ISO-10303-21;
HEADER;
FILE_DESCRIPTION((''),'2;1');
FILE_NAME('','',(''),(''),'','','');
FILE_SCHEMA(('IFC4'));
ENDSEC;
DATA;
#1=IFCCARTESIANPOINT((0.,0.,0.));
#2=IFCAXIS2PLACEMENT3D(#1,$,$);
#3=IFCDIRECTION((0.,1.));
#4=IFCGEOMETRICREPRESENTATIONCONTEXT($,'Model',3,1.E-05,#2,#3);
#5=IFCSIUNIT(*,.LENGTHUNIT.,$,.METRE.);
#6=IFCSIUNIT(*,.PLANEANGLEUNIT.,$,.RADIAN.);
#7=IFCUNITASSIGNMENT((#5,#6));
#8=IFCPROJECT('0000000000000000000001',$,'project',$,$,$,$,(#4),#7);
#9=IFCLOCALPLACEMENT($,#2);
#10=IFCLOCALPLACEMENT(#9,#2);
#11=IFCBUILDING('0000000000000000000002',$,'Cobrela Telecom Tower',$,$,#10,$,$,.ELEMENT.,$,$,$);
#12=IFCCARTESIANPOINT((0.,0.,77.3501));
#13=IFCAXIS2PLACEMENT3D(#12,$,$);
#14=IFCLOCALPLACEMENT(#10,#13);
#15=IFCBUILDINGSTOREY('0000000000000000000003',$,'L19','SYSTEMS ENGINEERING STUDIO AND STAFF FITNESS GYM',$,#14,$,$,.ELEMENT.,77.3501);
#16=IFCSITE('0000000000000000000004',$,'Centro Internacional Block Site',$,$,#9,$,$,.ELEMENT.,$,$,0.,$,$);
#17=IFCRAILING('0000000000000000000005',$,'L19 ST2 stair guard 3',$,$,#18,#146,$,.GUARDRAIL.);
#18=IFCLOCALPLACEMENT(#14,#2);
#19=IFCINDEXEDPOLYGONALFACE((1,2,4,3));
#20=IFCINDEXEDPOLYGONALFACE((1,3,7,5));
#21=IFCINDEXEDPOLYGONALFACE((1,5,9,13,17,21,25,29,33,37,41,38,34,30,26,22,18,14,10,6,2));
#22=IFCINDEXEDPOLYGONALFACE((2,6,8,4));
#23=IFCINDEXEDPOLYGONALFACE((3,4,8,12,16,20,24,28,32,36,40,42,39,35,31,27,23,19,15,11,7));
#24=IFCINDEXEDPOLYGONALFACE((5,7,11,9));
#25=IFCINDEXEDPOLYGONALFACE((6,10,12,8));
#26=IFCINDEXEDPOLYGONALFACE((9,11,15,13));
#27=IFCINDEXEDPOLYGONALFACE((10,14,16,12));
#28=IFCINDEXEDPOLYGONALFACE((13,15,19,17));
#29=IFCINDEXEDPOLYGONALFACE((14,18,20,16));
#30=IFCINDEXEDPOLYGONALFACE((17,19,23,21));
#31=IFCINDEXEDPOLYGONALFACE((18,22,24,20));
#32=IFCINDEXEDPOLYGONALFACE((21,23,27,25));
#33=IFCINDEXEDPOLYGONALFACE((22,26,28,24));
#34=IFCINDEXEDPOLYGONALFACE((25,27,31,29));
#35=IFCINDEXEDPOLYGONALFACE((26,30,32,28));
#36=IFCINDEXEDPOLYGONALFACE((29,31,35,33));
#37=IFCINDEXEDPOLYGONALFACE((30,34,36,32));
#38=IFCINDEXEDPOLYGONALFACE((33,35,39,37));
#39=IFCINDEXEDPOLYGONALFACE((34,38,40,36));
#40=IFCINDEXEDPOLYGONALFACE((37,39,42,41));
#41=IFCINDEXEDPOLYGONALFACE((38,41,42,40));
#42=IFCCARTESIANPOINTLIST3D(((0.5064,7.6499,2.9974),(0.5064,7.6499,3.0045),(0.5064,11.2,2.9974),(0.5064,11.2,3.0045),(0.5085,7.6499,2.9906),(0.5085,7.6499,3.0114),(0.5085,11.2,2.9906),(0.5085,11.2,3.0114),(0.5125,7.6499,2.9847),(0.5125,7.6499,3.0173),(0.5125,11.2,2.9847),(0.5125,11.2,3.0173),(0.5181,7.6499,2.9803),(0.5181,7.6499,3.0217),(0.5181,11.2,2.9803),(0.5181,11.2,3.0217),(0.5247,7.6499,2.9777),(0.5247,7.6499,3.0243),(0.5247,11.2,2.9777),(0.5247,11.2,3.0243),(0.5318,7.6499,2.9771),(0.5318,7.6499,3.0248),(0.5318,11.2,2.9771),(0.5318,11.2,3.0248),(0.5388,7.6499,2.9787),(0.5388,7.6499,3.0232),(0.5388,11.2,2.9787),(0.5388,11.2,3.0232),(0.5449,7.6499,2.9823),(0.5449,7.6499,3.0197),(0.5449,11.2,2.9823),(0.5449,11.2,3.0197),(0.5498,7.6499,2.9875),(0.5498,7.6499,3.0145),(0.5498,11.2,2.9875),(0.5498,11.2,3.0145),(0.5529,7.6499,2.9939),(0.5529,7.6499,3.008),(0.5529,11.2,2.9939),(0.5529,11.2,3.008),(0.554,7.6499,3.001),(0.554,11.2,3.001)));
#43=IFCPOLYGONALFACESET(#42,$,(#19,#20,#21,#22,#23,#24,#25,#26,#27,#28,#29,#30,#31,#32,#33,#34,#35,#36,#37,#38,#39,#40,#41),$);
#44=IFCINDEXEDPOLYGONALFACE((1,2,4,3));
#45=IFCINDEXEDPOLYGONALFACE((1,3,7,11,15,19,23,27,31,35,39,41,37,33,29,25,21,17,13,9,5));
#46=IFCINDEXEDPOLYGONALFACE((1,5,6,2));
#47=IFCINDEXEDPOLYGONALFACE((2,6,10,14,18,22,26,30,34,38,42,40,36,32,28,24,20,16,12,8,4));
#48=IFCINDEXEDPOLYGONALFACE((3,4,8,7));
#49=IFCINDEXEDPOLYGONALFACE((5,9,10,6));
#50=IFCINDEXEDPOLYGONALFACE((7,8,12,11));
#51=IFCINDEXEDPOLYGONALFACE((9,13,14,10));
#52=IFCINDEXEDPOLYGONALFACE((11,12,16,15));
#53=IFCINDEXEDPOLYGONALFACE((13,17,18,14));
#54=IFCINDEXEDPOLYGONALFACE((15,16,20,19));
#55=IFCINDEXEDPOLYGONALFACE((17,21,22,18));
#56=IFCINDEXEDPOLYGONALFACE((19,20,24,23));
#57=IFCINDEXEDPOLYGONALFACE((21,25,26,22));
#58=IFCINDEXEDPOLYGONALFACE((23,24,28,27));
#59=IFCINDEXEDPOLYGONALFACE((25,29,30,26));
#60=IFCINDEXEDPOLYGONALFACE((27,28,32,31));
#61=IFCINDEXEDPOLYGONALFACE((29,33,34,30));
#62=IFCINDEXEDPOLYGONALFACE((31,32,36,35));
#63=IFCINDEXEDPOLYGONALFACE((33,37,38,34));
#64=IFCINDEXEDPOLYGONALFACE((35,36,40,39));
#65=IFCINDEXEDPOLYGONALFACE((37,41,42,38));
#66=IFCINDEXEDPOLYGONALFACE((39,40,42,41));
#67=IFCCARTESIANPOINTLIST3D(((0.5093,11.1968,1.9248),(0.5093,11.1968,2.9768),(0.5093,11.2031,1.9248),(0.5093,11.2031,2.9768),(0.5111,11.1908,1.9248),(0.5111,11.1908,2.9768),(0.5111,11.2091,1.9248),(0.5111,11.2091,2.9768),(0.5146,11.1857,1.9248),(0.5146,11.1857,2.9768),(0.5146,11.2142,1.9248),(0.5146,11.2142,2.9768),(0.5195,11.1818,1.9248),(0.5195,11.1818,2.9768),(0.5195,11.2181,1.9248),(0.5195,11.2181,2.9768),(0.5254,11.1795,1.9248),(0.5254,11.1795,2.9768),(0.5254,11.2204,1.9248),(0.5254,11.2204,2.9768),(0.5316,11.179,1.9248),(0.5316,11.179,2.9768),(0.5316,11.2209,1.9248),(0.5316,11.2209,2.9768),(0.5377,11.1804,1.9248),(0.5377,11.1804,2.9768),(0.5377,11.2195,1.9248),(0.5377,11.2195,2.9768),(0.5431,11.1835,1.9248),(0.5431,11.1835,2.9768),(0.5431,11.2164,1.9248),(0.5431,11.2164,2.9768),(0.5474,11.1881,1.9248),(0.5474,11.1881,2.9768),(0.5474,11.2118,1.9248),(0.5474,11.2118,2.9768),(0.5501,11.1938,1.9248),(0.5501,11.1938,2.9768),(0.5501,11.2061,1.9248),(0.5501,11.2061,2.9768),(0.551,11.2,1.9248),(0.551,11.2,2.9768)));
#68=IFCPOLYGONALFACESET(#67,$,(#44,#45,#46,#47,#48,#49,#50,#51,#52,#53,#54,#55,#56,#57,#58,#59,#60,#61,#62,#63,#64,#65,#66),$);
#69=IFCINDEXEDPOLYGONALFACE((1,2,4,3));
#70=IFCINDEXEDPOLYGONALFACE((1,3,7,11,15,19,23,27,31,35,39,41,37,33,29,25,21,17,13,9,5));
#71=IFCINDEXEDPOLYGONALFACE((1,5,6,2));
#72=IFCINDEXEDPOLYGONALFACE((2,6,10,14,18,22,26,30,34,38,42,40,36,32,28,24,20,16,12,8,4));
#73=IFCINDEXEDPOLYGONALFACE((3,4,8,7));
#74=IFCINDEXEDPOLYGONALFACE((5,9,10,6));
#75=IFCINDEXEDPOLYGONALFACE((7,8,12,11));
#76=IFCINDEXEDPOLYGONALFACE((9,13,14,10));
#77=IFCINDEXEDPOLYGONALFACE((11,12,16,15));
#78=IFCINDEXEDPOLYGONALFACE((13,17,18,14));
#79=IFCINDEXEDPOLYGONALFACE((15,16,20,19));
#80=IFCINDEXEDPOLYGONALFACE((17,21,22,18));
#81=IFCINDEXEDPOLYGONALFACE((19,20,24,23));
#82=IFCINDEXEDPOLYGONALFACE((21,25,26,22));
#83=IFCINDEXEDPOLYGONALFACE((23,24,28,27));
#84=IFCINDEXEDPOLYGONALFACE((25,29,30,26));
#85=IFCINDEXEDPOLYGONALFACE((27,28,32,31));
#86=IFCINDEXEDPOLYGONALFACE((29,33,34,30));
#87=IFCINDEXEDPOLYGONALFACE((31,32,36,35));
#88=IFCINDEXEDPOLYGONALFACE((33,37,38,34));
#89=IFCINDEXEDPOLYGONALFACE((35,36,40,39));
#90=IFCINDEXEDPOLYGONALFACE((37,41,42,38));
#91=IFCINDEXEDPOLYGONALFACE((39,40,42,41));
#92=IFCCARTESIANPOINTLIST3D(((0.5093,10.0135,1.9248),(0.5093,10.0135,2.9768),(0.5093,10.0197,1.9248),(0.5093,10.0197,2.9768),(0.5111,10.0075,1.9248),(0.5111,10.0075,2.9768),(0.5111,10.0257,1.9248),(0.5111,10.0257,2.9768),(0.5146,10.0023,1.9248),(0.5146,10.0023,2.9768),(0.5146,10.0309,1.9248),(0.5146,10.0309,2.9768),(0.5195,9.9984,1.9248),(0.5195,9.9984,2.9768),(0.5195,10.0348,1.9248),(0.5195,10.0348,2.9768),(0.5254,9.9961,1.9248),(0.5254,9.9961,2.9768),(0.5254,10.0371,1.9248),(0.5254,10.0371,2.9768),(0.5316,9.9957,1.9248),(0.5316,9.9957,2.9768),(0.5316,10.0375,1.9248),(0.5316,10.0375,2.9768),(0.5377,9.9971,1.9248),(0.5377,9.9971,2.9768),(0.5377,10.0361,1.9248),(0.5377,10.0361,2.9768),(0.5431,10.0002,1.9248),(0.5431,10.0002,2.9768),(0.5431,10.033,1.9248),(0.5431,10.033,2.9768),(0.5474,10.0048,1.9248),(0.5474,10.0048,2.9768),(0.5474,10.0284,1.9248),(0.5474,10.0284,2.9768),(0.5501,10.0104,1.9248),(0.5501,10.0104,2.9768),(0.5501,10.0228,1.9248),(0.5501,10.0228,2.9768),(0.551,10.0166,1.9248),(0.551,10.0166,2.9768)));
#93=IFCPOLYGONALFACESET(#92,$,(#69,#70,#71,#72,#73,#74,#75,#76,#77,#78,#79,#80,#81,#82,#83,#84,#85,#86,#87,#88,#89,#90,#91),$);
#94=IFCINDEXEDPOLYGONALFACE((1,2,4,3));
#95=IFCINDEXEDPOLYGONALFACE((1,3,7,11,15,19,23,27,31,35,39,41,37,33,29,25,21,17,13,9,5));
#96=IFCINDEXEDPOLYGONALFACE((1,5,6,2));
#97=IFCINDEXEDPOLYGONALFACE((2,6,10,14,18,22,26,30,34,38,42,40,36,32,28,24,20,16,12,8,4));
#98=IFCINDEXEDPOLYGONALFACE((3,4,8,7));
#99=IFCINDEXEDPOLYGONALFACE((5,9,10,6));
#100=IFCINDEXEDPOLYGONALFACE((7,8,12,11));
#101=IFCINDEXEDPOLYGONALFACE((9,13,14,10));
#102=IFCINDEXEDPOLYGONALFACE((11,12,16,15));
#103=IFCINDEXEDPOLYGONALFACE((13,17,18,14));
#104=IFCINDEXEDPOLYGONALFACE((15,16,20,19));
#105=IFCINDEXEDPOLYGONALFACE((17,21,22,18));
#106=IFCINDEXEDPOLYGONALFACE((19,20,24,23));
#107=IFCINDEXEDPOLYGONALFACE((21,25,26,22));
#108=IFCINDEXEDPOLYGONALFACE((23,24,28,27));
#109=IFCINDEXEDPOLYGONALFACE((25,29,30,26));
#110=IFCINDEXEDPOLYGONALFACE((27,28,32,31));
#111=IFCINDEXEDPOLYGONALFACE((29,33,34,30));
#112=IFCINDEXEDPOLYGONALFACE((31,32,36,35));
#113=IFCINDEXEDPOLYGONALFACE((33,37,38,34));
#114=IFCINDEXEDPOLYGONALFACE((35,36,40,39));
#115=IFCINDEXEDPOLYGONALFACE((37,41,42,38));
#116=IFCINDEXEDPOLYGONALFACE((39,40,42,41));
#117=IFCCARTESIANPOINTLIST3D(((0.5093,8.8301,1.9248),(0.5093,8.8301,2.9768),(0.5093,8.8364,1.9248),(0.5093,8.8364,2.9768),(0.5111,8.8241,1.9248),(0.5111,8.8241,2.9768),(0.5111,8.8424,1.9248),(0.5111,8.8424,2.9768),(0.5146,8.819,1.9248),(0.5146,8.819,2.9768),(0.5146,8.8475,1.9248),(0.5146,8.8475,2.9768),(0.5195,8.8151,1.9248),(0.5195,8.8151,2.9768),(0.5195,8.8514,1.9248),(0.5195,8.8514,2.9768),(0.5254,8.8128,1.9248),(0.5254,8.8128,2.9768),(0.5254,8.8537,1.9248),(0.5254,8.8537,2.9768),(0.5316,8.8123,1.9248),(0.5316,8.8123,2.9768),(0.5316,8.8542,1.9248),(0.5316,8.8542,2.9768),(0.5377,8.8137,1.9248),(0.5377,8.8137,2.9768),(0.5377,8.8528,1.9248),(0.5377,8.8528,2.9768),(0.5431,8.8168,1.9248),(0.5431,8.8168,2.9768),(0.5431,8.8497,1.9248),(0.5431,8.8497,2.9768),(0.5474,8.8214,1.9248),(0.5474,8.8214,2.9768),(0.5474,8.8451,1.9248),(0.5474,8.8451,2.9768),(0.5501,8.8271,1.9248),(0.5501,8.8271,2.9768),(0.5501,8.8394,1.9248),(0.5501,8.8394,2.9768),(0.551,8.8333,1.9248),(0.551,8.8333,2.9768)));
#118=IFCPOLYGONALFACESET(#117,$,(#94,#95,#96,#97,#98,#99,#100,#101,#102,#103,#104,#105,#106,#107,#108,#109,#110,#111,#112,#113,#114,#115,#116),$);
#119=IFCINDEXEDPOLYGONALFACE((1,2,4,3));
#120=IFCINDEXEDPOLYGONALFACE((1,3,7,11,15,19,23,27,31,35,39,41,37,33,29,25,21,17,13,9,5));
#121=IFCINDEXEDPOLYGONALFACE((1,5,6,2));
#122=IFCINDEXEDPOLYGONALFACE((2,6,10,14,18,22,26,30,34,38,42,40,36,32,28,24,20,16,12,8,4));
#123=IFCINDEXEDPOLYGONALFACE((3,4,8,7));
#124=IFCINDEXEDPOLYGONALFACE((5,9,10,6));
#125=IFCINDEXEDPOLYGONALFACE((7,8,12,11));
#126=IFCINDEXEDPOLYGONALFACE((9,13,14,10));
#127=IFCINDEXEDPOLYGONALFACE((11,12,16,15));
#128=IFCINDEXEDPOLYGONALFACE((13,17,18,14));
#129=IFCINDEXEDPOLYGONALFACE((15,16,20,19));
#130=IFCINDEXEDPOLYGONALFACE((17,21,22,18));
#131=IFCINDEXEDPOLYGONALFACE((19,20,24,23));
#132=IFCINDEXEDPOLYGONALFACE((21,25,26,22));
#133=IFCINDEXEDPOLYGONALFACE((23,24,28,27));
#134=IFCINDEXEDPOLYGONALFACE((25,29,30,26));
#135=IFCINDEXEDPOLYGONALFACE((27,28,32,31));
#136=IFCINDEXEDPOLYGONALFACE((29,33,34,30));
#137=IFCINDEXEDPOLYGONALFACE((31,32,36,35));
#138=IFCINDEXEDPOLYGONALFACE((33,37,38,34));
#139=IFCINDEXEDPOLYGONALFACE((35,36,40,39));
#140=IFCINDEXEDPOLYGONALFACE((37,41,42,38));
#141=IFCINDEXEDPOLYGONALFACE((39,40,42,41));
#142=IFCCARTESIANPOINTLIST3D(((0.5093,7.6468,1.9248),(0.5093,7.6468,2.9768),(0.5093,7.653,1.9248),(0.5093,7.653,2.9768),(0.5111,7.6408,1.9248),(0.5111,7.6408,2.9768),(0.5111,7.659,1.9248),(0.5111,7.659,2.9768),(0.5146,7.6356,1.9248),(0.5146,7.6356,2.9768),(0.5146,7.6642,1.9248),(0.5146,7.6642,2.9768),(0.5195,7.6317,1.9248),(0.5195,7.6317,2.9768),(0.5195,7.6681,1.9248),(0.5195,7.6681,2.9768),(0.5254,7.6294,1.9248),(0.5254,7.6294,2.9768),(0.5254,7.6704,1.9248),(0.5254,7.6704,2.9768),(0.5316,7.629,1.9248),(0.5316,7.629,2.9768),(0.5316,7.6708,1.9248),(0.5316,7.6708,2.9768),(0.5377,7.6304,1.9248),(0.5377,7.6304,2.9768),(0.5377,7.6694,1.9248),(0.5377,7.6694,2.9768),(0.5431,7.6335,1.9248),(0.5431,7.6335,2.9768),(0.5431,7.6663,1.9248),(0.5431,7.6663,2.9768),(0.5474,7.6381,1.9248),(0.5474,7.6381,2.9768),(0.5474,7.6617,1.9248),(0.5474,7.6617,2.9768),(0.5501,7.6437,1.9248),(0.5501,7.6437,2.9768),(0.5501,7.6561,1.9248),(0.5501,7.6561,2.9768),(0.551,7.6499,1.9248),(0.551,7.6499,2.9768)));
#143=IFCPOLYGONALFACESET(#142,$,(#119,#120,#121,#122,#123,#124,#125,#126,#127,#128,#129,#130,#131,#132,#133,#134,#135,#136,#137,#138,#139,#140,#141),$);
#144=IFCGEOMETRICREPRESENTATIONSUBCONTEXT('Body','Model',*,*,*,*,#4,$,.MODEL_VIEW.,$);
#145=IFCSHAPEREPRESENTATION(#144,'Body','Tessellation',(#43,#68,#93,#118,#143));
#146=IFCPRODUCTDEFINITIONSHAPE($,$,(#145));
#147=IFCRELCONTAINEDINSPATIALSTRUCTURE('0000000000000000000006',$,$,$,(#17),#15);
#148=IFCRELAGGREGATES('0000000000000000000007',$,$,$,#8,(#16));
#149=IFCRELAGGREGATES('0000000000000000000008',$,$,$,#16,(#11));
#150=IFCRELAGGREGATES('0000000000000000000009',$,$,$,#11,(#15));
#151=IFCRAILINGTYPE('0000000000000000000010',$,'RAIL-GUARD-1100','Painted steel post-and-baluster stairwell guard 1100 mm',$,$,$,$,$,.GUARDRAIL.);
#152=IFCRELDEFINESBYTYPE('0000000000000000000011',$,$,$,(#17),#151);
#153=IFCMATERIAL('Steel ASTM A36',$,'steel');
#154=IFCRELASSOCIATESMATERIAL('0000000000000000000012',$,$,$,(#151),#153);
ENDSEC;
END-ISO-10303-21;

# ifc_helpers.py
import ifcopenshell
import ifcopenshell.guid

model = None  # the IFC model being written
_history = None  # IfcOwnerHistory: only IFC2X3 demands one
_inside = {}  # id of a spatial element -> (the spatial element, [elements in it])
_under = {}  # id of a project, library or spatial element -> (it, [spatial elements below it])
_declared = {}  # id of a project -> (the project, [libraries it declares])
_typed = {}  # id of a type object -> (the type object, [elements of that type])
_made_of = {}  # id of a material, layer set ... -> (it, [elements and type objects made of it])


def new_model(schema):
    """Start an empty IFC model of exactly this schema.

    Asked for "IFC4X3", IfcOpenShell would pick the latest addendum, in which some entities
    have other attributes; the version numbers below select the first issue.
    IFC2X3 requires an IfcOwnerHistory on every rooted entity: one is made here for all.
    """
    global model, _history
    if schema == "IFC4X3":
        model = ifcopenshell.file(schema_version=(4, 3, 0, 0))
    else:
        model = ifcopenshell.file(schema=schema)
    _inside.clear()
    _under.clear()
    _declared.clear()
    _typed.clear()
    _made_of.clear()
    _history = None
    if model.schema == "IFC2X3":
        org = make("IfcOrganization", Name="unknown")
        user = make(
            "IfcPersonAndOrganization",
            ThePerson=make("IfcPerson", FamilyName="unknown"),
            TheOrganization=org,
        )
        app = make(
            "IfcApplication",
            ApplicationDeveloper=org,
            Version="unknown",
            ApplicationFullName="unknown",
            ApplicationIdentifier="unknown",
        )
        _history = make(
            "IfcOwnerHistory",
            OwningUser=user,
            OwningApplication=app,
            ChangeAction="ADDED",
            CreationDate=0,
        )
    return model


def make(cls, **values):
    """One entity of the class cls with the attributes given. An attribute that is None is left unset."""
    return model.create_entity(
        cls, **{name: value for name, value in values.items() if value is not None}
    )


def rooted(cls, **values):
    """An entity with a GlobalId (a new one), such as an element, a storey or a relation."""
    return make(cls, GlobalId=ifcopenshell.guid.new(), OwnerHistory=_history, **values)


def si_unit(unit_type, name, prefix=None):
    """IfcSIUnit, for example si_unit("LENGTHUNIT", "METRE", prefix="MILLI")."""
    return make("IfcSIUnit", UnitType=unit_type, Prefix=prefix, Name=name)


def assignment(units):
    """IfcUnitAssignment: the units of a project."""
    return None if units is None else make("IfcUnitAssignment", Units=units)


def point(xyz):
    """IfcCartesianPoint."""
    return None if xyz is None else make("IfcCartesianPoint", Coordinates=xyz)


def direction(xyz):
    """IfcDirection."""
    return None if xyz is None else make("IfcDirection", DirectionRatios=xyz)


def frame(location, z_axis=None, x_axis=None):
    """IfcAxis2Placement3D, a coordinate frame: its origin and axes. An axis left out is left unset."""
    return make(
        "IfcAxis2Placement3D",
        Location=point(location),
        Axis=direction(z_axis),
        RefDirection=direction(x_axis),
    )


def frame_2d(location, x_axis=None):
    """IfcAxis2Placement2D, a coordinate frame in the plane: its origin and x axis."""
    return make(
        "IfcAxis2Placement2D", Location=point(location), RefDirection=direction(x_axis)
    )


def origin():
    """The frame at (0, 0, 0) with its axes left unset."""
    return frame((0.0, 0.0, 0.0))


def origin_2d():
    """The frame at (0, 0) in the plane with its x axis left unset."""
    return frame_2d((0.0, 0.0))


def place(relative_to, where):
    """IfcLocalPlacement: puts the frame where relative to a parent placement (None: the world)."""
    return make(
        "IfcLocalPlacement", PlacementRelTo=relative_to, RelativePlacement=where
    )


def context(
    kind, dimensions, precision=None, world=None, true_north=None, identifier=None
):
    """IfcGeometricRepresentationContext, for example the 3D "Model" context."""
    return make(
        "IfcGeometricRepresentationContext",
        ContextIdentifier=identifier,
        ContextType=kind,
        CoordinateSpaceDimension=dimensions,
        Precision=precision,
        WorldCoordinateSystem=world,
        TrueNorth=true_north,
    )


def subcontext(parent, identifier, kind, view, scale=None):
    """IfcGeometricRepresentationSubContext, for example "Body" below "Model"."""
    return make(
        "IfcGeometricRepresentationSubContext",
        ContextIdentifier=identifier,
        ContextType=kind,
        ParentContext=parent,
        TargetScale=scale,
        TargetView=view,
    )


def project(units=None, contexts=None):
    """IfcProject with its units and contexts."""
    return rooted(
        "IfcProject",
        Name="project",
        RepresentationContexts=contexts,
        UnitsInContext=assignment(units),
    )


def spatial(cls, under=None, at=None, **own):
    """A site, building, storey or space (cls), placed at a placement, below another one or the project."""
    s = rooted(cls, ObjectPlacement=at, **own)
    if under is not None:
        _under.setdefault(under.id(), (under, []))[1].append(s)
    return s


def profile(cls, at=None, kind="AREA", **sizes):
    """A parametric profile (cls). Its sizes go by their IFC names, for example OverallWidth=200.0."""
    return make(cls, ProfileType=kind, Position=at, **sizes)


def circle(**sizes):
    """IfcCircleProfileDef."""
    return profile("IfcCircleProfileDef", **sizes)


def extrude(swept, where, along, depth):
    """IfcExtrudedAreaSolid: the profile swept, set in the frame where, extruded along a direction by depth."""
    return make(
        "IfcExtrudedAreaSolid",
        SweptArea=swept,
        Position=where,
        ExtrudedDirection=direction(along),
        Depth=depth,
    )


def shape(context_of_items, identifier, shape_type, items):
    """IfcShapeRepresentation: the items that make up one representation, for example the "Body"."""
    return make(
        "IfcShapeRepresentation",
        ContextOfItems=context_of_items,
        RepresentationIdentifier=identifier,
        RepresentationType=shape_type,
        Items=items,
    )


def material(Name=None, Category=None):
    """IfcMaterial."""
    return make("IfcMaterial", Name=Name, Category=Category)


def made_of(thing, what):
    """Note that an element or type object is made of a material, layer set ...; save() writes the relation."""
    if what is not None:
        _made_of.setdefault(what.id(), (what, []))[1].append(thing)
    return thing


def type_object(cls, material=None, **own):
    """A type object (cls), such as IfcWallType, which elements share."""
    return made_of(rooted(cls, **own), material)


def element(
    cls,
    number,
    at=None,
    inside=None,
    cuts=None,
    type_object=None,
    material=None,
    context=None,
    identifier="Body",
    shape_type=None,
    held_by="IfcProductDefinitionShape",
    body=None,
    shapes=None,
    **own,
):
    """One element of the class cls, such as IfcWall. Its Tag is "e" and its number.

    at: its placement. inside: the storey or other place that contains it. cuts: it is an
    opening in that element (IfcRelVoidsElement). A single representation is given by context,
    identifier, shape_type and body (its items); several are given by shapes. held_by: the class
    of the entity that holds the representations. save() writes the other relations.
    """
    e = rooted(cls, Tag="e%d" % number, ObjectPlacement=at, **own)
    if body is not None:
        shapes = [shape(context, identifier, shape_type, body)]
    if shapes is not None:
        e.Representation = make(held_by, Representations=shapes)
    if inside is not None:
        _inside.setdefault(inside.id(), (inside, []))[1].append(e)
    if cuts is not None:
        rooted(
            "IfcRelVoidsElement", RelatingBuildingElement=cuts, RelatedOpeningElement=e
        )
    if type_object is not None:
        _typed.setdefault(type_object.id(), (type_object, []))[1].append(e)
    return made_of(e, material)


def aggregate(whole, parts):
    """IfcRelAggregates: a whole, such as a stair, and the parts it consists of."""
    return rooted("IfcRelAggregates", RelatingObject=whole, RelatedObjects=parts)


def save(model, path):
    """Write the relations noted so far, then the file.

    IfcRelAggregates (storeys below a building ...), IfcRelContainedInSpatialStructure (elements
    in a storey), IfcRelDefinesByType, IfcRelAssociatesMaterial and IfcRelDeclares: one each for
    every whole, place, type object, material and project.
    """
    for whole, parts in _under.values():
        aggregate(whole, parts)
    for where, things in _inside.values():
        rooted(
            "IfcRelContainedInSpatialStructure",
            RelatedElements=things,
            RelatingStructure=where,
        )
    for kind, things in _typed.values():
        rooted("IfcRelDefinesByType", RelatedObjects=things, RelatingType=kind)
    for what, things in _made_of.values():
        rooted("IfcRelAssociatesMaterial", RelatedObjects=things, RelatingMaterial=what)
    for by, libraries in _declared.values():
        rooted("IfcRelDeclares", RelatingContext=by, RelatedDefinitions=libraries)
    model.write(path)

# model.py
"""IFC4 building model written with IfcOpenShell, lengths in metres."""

from ifc_helpers import new_model, si_unit, direction, frame, origin, origin_2d, place, context, subcontext, project, spatial, circle, extrude, material, type_object, element, save


model = new_model("IFC4")

# Units and contexts
model_context = context("Model", 3, precision=1e-05, world=origin(), true_north=direction((0.0, 1.0)))
body_context = subcontext(model_context, "Body", "Model", "MODEL_VIEW")
ifc_project = project(units=[si_unit("LENGTHUNIT", "METRE"), si_unit("PLANEANGLEUNIT", "RADIAN")], contexts=[model_context])

# Site, building, storey
site_placement = place(None, origin())
site = spatial("IfcSite", under=ifc_project, at=site_placement, Name="Centro Internacional Block Site", CompositionType="ELEMENT", RefElevation=0.0)
building_placement = place(site_placement, origin())
building = spatial("IfcBuilding", under=site, at=building_placement, Name="Cobrela Telecom Tower", CompositionType="ELEMENT")
storey_placement = place(building_placement, frame((0.0, 0.0, 77.3501)))
storey = spatial("IfcBuildingStorey", under=building, at=storey_placement, Name="L19", Description="SYSTEMS ENGINEERING STUDIO AND STAFF FITNESS GYM", CompositionType="ELEMENT", Elevation=77.3501)

# Railing
ifc_material_1 = material(Name="Steel ASTM A36", Category="steel")
railing_type_1 = type_object("IfcRailingType", Name="RAIL-GUARD-1100", Description="Painted steel post-and-baluster stairwell guard 1100 mm", PredefinedType="GUARDRAIL", material=ifc_material_1)
railing_1_placement = place(storey_placement, frame((0.53, 11.2, 1.9248)))
element("IfcRailing", 1, at=railing_1_placement, inside=storey, type_object=railing_type_1, Name="L19 ST2 stair guard 3", PredefinedType="GUARDRAIL", context=body_context, shape_type="SweptSolid", body=[
    extrude(circle(Radius=0.0239, at=origin_2d()), frame((0.0, 0.0, 1.0762), z_axis=(0.0, -1.0, 0.0), x_axis=(1.0, 0.0, 0.0)), (0.0, 0.0, 1.0), 3.55),
    extrude(circle(Radius=0.021, at=origin_2d()), origin(), (0.0, 0.0, 1.0), 1.052),
    extrude(circle(Radius=0.021, at=origin_2d()), frame((0.0, -1.1833, 0.0)), (0.0, 0.0, 1.0), 1.052),
    extrude(circle(Radius=0.021, at=origin_2d()), frame((0.0, -2.3667, 0.0)), (0.0, 0.0, 1.0), 1.052),
    extrude(circle(Radius=0.021, at=origin_2d()), frame((0.0, -3.55, 0.0)), (0.0, 0.0, 1.0), 1.052),
])

save(model, "model.ifc")
